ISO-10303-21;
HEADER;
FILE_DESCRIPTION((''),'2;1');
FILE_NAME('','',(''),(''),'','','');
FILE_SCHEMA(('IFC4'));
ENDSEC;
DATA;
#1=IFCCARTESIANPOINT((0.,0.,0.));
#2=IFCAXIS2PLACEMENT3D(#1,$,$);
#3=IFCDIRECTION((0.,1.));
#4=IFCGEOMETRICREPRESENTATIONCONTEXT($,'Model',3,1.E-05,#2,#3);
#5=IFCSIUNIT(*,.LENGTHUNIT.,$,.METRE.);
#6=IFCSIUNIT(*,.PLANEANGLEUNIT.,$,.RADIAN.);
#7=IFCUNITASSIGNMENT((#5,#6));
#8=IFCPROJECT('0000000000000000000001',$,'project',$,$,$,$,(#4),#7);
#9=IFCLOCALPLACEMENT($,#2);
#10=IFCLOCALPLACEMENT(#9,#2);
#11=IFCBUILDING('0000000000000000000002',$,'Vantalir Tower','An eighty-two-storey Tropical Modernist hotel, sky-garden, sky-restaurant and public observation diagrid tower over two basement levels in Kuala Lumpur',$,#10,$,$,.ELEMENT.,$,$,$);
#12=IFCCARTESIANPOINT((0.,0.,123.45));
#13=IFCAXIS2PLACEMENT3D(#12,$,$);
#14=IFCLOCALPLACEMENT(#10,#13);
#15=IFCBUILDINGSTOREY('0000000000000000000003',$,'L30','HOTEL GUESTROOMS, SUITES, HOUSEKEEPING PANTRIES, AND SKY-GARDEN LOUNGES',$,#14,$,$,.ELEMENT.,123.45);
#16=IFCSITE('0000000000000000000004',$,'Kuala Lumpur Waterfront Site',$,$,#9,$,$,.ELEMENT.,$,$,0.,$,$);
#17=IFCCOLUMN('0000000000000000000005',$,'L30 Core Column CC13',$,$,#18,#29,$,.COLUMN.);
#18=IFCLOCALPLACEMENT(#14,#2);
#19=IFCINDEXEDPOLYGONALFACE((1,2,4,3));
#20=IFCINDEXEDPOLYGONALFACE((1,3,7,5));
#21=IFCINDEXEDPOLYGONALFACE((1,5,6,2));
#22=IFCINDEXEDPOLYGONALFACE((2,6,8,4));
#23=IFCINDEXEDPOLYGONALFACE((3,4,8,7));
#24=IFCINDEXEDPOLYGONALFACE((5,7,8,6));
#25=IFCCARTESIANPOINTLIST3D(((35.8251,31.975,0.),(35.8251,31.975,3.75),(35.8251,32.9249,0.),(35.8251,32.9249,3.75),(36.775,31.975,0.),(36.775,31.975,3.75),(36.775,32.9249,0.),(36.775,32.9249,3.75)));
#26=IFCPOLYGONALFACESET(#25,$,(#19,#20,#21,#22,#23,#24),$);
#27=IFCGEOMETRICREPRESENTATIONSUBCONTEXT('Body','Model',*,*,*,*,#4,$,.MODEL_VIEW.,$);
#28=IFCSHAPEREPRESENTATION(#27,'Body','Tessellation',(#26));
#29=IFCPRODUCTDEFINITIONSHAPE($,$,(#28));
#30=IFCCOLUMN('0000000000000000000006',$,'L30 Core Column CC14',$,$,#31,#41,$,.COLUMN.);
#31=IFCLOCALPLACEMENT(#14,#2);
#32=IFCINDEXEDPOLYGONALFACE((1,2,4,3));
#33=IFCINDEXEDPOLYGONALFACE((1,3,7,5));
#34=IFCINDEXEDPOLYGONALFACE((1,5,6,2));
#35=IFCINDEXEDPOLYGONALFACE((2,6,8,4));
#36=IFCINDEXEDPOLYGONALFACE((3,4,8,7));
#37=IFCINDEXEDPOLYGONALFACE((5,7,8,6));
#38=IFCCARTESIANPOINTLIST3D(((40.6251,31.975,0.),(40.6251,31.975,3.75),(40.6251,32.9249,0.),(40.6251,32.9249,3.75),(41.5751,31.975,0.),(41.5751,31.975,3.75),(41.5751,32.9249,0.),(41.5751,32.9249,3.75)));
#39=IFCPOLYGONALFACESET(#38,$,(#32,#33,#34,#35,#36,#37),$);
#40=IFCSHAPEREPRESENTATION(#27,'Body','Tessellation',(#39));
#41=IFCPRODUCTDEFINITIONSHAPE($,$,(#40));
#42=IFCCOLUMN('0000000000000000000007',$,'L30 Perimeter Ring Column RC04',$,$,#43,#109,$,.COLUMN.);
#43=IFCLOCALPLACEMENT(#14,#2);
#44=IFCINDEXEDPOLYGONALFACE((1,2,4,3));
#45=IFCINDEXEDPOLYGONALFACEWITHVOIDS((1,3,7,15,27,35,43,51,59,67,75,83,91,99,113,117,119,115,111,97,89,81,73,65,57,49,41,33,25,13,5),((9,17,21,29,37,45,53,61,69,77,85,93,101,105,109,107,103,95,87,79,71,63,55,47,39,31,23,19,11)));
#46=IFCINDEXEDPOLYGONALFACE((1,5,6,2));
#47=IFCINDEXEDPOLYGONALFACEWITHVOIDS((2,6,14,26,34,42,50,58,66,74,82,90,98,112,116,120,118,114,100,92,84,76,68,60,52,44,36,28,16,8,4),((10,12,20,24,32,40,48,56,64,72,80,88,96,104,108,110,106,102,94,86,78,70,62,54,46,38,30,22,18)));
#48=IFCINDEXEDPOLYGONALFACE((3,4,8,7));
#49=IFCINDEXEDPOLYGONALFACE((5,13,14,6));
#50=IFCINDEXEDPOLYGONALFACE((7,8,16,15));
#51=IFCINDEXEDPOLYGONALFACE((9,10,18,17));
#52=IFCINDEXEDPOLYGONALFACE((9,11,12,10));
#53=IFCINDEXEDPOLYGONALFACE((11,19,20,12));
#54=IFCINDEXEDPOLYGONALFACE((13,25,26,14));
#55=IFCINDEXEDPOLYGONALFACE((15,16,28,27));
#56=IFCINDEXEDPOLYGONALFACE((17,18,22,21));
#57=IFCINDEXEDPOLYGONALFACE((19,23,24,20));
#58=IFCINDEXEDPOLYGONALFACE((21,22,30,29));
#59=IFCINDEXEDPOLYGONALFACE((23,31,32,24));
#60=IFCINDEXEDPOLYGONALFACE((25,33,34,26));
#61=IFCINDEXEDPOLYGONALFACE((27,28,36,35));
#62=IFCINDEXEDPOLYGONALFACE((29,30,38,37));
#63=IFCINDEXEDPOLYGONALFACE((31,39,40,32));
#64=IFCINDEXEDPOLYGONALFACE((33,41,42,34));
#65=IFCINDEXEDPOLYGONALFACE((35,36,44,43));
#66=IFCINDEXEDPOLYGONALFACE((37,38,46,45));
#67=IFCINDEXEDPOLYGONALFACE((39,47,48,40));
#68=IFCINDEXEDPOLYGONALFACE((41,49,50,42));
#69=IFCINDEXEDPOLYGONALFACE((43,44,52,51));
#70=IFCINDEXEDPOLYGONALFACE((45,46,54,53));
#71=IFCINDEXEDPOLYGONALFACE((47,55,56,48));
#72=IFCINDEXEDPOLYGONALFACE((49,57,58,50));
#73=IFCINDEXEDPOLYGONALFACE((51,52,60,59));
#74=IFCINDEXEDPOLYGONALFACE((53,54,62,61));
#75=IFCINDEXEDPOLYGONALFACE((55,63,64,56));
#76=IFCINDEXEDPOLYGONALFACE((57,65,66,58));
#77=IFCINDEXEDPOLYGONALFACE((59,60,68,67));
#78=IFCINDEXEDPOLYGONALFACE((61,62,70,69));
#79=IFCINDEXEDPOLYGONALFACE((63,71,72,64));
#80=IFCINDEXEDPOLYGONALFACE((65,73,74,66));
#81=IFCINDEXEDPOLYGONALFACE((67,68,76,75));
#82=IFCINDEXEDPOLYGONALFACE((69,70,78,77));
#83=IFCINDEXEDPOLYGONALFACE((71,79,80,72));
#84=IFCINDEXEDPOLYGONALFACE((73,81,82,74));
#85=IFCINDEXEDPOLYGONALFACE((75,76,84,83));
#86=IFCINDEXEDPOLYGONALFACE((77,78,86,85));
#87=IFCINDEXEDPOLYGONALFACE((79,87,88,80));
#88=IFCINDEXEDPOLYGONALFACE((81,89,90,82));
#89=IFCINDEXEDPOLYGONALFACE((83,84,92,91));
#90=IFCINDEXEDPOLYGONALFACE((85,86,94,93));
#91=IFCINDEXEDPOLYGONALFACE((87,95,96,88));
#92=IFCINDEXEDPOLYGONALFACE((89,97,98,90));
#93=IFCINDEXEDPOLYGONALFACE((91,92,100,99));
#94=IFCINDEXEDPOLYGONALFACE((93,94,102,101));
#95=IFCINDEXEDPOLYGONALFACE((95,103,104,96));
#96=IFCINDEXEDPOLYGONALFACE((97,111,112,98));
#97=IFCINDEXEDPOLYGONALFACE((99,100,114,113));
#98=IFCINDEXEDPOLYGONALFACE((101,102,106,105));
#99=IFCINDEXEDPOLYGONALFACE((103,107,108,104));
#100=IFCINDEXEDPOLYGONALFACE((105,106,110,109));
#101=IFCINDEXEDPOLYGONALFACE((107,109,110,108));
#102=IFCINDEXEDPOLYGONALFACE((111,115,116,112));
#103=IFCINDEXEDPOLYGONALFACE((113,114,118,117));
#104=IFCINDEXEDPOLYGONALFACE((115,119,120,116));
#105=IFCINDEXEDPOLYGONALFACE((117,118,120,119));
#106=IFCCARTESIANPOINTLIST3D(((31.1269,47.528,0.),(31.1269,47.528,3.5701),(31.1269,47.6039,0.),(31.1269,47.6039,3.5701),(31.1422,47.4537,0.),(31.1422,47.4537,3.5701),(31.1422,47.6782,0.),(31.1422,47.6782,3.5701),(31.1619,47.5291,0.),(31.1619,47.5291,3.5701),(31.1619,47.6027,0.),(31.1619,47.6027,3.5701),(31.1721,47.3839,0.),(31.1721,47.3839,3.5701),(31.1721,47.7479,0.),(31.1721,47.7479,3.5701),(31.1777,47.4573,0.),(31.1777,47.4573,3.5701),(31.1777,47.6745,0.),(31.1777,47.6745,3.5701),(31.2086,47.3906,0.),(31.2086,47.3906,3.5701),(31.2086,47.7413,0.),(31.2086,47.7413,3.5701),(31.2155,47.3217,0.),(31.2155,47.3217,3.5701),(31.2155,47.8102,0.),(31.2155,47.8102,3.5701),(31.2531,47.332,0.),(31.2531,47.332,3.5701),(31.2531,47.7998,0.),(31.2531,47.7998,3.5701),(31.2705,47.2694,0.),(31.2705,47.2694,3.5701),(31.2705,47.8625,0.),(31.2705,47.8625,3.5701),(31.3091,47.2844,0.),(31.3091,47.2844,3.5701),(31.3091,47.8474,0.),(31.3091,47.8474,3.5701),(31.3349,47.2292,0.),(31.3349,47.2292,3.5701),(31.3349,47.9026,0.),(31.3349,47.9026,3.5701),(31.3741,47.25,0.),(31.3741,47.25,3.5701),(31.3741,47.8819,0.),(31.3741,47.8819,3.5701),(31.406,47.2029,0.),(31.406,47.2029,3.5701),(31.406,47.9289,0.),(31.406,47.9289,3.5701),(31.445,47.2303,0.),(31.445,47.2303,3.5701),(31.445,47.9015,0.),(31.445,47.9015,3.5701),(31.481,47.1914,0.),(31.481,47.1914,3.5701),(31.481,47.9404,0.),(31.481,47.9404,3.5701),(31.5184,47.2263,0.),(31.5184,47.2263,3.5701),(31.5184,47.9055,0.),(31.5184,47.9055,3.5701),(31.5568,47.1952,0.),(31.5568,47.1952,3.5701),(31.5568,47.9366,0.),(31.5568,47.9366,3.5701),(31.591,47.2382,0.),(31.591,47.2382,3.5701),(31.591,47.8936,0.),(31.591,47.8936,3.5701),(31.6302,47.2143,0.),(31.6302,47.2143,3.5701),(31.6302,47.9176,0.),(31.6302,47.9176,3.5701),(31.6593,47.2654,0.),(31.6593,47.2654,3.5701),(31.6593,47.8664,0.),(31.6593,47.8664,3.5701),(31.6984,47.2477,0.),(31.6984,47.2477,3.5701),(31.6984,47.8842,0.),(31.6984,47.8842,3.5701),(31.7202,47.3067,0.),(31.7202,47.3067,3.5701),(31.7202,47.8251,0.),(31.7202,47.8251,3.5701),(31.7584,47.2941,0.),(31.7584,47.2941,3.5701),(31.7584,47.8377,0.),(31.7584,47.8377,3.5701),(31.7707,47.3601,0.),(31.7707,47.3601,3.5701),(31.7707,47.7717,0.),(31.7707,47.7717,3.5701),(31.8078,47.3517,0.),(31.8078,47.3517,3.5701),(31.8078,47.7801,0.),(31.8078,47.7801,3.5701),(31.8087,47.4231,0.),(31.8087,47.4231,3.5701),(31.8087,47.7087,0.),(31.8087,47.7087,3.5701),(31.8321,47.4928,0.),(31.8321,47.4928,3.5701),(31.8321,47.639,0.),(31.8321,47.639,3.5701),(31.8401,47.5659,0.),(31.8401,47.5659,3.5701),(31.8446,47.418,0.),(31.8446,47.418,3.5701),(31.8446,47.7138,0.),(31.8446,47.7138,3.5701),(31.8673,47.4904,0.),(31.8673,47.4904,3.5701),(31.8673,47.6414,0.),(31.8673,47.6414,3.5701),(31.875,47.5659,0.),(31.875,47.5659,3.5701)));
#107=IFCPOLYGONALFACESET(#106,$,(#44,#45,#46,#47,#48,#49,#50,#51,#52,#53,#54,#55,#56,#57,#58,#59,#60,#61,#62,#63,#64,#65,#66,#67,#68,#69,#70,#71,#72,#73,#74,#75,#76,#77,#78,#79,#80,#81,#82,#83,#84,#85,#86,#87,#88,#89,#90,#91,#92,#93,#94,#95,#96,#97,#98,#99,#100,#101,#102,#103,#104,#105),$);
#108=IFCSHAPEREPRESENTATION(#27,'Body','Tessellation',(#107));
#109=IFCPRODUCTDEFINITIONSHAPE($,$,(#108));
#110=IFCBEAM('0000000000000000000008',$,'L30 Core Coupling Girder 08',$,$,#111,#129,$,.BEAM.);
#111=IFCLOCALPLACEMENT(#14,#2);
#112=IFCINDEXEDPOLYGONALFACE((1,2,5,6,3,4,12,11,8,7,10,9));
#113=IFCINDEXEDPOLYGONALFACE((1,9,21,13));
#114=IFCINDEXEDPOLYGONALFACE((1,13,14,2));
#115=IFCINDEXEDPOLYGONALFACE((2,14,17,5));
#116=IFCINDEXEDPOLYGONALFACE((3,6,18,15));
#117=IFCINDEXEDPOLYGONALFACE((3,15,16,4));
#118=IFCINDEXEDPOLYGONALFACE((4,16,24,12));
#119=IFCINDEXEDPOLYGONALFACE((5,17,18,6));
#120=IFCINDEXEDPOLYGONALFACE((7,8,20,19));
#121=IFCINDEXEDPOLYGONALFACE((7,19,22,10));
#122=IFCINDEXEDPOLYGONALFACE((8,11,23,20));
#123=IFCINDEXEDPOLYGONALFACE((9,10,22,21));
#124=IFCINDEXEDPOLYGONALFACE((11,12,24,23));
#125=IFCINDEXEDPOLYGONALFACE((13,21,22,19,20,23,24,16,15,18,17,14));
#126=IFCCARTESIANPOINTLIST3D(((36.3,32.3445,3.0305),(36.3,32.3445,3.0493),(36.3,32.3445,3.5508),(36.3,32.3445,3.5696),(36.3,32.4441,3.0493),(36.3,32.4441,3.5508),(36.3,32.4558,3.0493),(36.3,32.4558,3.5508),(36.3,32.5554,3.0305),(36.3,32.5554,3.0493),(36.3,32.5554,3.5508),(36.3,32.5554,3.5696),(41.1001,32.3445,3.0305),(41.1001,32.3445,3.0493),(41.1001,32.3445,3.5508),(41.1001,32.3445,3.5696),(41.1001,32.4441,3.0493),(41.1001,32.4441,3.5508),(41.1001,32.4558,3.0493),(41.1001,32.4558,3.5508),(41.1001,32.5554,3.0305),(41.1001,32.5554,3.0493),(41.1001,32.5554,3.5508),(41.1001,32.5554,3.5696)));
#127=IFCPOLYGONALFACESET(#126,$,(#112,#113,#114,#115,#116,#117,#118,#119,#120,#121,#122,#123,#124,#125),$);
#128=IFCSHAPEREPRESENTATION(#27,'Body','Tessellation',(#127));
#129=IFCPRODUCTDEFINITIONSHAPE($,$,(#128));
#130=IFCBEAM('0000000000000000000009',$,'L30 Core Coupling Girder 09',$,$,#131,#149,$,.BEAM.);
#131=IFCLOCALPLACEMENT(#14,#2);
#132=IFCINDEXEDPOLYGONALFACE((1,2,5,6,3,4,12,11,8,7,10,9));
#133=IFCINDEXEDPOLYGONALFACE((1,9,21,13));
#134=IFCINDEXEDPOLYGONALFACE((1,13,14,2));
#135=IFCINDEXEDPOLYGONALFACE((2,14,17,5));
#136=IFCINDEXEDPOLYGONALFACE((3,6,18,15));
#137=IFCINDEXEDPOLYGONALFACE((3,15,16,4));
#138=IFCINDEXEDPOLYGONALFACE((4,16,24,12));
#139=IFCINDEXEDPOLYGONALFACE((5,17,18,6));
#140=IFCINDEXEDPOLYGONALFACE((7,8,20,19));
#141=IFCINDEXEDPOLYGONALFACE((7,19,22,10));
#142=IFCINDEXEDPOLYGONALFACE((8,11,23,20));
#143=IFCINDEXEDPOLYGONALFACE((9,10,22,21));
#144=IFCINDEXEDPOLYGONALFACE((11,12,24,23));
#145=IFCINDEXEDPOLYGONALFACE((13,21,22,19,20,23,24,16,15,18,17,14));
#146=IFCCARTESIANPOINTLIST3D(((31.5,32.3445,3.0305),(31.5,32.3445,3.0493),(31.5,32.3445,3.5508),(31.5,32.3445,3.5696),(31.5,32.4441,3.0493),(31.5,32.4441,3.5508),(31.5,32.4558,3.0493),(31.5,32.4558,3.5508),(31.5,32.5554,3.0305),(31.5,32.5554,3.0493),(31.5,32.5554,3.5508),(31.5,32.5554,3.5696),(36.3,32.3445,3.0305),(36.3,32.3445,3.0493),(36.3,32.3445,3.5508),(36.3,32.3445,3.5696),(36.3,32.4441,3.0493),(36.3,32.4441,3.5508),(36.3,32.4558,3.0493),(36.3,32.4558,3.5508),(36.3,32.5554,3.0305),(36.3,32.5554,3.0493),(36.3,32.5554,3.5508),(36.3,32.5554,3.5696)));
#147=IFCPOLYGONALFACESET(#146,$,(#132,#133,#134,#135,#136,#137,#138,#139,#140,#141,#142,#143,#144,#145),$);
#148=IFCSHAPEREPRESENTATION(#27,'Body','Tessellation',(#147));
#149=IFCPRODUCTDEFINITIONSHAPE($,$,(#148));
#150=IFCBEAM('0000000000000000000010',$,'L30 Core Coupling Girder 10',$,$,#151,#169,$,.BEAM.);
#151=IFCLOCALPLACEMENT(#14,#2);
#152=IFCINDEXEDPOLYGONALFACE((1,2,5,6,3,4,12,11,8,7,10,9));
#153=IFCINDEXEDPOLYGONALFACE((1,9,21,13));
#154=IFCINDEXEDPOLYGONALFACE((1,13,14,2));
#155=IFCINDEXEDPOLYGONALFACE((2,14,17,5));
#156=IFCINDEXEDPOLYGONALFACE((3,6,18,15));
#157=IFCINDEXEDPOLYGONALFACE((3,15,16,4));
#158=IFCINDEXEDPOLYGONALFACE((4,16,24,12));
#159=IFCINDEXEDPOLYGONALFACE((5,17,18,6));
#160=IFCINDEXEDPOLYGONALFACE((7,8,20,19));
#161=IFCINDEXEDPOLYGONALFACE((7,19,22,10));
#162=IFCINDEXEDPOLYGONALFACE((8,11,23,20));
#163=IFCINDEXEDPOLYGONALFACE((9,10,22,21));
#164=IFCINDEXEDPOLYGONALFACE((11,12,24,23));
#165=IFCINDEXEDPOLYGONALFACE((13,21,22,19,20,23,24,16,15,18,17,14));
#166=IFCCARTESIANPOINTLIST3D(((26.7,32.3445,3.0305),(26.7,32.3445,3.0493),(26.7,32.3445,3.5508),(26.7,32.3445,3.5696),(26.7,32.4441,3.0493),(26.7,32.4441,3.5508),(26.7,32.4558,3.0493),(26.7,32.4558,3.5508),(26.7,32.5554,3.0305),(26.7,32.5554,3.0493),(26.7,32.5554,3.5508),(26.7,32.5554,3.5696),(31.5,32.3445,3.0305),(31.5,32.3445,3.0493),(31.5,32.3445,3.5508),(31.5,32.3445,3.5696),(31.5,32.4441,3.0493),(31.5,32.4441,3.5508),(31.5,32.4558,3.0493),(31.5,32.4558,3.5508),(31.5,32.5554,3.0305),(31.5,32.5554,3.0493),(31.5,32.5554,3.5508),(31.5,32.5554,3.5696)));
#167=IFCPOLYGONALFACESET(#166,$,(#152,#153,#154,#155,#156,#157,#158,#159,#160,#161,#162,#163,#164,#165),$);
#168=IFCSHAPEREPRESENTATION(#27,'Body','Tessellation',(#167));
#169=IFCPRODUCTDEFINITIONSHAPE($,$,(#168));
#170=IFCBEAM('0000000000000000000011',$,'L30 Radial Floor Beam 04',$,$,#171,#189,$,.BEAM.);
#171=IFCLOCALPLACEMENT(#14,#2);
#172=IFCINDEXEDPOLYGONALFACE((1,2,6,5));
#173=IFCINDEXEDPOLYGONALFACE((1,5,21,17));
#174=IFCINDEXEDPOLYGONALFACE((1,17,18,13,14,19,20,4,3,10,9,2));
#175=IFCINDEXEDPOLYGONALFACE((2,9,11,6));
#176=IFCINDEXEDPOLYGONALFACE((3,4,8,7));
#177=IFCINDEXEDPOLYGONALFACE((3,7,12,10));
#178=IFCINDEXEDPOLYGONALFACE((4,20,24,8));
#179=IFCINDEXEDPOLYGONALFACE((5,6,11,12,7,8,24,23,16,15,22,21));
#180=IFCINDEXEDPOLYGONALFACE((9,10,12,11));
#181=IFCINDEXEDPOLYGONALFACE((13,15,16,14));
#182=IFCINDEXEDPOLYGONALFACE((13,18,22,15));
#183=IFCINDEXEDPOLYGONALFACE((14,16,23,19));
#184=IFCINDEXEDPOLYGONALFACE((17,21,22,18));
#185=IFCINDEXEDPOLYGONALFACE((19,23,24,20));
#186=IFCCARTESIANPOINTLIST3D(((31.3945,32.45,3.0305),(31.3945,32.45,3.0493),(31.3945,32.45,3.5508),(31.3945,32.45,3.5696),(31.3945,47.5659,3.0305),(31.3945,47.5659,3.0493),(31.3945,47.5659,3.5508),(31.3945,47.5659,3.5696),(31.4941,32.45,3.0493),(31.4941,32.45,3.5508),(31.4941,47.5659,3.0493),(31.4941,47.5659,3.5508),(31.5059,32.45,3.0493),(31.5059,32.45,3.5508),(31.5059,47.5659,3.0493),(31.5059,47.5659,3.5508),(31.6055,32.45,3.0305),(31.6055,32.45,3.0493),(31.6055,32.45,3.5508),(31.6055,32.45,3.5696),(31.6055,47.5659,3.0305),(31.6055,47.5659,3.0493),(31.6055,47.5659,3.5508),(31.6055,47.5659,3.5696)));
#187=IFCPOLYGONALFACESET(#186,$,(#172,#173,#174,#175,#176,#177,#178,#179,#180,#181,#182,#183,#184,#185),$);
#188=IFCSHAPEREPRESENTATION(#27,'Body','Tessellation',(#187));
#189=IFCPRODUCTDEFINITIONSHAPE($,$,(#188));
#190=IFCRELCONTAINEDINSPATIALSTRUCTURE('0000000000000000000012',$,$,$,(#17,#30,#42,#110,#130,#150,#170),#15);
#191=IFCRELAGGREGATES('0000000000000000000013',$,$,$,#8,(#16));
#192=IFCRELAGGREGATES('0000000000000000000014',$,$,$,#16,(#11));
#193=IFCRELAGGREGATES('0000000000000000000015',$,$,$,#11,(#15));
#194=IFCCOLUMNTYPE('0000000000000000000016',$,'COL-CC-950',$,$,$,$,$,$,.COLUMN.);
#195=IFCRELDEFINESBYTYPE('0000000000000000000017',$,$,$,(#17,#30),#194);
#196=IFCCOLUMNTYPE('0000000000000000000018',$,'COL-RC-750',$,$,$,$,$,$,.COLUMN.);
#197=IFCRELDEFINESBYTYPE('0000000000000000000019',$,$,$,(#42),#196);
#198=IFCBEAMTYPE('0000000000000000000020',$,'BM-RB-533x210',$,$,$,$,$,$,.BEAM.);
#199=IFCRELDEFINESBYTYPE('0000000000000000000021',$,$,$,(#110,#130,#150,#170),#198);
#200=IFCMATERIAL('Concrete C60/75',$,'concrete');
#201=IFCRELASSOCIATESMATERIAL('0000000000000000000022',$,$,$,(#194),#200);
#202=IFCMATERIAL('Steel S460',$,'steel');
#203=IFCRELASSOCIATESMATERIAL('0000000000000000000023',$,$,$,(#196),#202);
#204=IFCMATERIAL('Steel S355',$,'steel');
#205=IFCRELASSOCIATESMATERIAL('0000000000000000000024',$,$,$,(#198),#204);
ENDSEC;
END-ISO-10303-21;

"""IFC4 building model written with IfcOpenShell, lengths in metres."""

from ifc_helpers import new_model, si_unit, direction, frame, origin, origin_2d, place, context, subcontext, project, spatial, rectangle, hollow_circle, i_section, extrude, material, material_profile, profile_set, type_object, element, save


model = new_model("IFC4")

# Units and contexts
model_context = context("Model", 3, precision=1e-05, world=origin(), true_north=direction((0.0, 1.0)))
body_context = subcontext(model_context, "Body", "Model", "MODEL_VIEW")
ifc_project = project(units=[si_unit("LENGTHUNIT", "METRE"), si_unit("PLANEANGLEUNIT", "RADIAN")], contexts=[model_context])

# Site, building, storey
site_placement = place(None, origin())
site = spatial("IfcSite", under=ifc_project, at=site_placement, Name="Kuala Lumpur Waterfront Site", CompositionType="ELEMENT", RefElevation=0.0)
building_placement = place(site_placement, origin())
building = spatial("IfcBuilding", under=site, at=building_placement, Name="Vantalir Tower", Description="An eighty-two-storey Tropical Modernist hotel, sky-garden, sky-restaurant and public observation diagrid tower over two basement levels in Kuala Lumpur", CompositionType="ELEMENT")
storey_placement = place(building_placement, frame((0.0, 0.0, 123.45)))
storey = spatial("IfcBuildingStorey", under=building, at=storey_placement, Name="L30", Description="HOTEL GUESTROOMS, SUITES, HOUSEKEEPING PANTRIES, AND SKY-GARDEN LOUNGES", CompositionType="ELEMENT", Elevation=123.45)

# Columns
ifc_material_1 = material(Name="Concrete C60/75", Category="concrete")
ifc_material_profile_1 = material_profile(ifc_material_1, rectangle(XDim=0.95, YDim=0.95, at=origin_2d()), Name="Concrete C60/75")
ifc_profile_set_1 = profile_set([ifc_material_profile_1], Name="Concrete C60/75")
column_type_1 = type_object("IfcColumnType", Name="COL-CC-950", PredefinedType="COLUMN", material=ifc_profile_set_1)
for number, where, z_axis, x_axis, name in (
    (1, (36.3, 32.45, 0.0), (0.0, 0.0, 1.0), (1.0, 0.0, 0.0), "L30 Core Column CC13"),
    (2, (41.1001, 32.45, 0.0), (0.0, 0.0, 1.0), (1.0, 0.0, 0.0), "L30 Core Column CC14"),
):
    element("IfcColumn", number, at=place(storey_placement, frame(where, z_axis=z_axis, x_axis=x_axis)), inside=storey, type_object=column_type_1, Name=name, PredefinedType="COLUMN", context=body_context, shape_type="SweptSolid", body=[
        extrude(rectangle(XDim=0.95, YDim=0.95, at=origin_2d()), origin(), (0.0, 0.0, 1.0), 3.75),
    ])
ifc_material_2 = material(Name="Steel S460", Category="steel")
ifc_material_profile_2 = material_profile(ifc_material_2, hollow_circle(Radius=0.375, WallThickness=0.0349, at=origin_2d()), Name="Steel S460")
ifc_profile_set_2 = profile_set([ifc_material_profile_2], Name="Steel S460")
column_type_2 = type_object("IfcColumnType", Name="COL-RC-750", PredefinedType="COLUMN", material=ifc_profile_set_2)
column_placement = place(storey_placement, frame((31.5, 47.5659, 0.0), z_axis=(0.0, 0.0, 1.0), x_axis=(1.0, 0.0, 0.0)))
element("IfcColumn", 3, at=column_placement, inside=storey, type_object=column_type_2, Name="L30 Perimeter Ring Column RC04", PredefinedType="COLUMN", context=body_context, shape_type="SweptSolid", body=[
    extrude(hollow_circle(Radius=0.375, WallThickness=0.0349, at=origin_2d()), origin(), (0.0, 0.0, 1.0), 3.5701),
])

# Beams
ifc_material_3 = material(Name="Steel S355", Category="steel")
ifc_material_profile_3 = material_profile(ifc_material_3, i_section(OverallWidth=0.2109, OverallDepth=0.5391, WebThickness=0.0117, FlangeThickness=0.0188, at=origin_2d()), Name="Steel S355")
ifc_profile_set_3 = profile_set([ifc_material_profile_3], Name="Steel S355")
beam_type_1 = type_object("IfcBeamType", Name="BM-RB-533x210", PredefinedType="BEAM", material=ifc_profile_set_3)
for number, where, z_axis, x_axis, name in (
    (4, (41.1001, 32.45, 3.3), (-1.0, 0.0, 0.0), (0.0, -1.0, 0.0), "L30 Core Coupling Girder 08"),
    (5, (36.3, 32.45, 3.3), (-1.0, 0.0, 0.0), (0.0, -1.0, 0.0), "L30 Core Coupling Girder 09"),
    (6, (31.5, 32.45, 3.3), (-1.0, 0.0, 0.0), (0.0, -1.0, 0.0), "L30 Core Coupling Girder 10"),
):
    element("IfcBeam", number, at=place(storey_placement, frame(where, z_axis=z_axis, x_axis=x_axis)), inside=storey, type_object=beam_type_1, Name=name, PredefinedType="BEAM", context=body_context, shape_type="SweptSolid", body=[
        extrude(i_section(OverallWidth=0.2109, OverallDepth=0.5391, WebThickness=0.0117, FlangeThickness=0.0188, at=origin_2d()), origin(), (0.0, 0.0, 1.0), 4.8),
    ])
beam_1_placement = place(storey_placement, frame((31.5, 47.5659, 3.3), z_axis=(0.0, -1.0, 0.0), x_axis=(1.0, 0.0, 0.0)))
element("IfcBeam", 7, at=beam_1_placement, inside=storey, type_object=beam_type_1, Name="L30 Radial Floor Beam 04", PredefinedType="BEAM", context=body_context, shape_type="SweptSolid", body=[
    extrude(i_section(OverallWidth=0.2109, OverallDepth=0.5391, WebThickness=0.0117, FlangeThickness=0.0188, at=origin_2d()), origin(), (0.0, 0.0, 1.0), 15.116),
])

save(model, "model.ifc")
